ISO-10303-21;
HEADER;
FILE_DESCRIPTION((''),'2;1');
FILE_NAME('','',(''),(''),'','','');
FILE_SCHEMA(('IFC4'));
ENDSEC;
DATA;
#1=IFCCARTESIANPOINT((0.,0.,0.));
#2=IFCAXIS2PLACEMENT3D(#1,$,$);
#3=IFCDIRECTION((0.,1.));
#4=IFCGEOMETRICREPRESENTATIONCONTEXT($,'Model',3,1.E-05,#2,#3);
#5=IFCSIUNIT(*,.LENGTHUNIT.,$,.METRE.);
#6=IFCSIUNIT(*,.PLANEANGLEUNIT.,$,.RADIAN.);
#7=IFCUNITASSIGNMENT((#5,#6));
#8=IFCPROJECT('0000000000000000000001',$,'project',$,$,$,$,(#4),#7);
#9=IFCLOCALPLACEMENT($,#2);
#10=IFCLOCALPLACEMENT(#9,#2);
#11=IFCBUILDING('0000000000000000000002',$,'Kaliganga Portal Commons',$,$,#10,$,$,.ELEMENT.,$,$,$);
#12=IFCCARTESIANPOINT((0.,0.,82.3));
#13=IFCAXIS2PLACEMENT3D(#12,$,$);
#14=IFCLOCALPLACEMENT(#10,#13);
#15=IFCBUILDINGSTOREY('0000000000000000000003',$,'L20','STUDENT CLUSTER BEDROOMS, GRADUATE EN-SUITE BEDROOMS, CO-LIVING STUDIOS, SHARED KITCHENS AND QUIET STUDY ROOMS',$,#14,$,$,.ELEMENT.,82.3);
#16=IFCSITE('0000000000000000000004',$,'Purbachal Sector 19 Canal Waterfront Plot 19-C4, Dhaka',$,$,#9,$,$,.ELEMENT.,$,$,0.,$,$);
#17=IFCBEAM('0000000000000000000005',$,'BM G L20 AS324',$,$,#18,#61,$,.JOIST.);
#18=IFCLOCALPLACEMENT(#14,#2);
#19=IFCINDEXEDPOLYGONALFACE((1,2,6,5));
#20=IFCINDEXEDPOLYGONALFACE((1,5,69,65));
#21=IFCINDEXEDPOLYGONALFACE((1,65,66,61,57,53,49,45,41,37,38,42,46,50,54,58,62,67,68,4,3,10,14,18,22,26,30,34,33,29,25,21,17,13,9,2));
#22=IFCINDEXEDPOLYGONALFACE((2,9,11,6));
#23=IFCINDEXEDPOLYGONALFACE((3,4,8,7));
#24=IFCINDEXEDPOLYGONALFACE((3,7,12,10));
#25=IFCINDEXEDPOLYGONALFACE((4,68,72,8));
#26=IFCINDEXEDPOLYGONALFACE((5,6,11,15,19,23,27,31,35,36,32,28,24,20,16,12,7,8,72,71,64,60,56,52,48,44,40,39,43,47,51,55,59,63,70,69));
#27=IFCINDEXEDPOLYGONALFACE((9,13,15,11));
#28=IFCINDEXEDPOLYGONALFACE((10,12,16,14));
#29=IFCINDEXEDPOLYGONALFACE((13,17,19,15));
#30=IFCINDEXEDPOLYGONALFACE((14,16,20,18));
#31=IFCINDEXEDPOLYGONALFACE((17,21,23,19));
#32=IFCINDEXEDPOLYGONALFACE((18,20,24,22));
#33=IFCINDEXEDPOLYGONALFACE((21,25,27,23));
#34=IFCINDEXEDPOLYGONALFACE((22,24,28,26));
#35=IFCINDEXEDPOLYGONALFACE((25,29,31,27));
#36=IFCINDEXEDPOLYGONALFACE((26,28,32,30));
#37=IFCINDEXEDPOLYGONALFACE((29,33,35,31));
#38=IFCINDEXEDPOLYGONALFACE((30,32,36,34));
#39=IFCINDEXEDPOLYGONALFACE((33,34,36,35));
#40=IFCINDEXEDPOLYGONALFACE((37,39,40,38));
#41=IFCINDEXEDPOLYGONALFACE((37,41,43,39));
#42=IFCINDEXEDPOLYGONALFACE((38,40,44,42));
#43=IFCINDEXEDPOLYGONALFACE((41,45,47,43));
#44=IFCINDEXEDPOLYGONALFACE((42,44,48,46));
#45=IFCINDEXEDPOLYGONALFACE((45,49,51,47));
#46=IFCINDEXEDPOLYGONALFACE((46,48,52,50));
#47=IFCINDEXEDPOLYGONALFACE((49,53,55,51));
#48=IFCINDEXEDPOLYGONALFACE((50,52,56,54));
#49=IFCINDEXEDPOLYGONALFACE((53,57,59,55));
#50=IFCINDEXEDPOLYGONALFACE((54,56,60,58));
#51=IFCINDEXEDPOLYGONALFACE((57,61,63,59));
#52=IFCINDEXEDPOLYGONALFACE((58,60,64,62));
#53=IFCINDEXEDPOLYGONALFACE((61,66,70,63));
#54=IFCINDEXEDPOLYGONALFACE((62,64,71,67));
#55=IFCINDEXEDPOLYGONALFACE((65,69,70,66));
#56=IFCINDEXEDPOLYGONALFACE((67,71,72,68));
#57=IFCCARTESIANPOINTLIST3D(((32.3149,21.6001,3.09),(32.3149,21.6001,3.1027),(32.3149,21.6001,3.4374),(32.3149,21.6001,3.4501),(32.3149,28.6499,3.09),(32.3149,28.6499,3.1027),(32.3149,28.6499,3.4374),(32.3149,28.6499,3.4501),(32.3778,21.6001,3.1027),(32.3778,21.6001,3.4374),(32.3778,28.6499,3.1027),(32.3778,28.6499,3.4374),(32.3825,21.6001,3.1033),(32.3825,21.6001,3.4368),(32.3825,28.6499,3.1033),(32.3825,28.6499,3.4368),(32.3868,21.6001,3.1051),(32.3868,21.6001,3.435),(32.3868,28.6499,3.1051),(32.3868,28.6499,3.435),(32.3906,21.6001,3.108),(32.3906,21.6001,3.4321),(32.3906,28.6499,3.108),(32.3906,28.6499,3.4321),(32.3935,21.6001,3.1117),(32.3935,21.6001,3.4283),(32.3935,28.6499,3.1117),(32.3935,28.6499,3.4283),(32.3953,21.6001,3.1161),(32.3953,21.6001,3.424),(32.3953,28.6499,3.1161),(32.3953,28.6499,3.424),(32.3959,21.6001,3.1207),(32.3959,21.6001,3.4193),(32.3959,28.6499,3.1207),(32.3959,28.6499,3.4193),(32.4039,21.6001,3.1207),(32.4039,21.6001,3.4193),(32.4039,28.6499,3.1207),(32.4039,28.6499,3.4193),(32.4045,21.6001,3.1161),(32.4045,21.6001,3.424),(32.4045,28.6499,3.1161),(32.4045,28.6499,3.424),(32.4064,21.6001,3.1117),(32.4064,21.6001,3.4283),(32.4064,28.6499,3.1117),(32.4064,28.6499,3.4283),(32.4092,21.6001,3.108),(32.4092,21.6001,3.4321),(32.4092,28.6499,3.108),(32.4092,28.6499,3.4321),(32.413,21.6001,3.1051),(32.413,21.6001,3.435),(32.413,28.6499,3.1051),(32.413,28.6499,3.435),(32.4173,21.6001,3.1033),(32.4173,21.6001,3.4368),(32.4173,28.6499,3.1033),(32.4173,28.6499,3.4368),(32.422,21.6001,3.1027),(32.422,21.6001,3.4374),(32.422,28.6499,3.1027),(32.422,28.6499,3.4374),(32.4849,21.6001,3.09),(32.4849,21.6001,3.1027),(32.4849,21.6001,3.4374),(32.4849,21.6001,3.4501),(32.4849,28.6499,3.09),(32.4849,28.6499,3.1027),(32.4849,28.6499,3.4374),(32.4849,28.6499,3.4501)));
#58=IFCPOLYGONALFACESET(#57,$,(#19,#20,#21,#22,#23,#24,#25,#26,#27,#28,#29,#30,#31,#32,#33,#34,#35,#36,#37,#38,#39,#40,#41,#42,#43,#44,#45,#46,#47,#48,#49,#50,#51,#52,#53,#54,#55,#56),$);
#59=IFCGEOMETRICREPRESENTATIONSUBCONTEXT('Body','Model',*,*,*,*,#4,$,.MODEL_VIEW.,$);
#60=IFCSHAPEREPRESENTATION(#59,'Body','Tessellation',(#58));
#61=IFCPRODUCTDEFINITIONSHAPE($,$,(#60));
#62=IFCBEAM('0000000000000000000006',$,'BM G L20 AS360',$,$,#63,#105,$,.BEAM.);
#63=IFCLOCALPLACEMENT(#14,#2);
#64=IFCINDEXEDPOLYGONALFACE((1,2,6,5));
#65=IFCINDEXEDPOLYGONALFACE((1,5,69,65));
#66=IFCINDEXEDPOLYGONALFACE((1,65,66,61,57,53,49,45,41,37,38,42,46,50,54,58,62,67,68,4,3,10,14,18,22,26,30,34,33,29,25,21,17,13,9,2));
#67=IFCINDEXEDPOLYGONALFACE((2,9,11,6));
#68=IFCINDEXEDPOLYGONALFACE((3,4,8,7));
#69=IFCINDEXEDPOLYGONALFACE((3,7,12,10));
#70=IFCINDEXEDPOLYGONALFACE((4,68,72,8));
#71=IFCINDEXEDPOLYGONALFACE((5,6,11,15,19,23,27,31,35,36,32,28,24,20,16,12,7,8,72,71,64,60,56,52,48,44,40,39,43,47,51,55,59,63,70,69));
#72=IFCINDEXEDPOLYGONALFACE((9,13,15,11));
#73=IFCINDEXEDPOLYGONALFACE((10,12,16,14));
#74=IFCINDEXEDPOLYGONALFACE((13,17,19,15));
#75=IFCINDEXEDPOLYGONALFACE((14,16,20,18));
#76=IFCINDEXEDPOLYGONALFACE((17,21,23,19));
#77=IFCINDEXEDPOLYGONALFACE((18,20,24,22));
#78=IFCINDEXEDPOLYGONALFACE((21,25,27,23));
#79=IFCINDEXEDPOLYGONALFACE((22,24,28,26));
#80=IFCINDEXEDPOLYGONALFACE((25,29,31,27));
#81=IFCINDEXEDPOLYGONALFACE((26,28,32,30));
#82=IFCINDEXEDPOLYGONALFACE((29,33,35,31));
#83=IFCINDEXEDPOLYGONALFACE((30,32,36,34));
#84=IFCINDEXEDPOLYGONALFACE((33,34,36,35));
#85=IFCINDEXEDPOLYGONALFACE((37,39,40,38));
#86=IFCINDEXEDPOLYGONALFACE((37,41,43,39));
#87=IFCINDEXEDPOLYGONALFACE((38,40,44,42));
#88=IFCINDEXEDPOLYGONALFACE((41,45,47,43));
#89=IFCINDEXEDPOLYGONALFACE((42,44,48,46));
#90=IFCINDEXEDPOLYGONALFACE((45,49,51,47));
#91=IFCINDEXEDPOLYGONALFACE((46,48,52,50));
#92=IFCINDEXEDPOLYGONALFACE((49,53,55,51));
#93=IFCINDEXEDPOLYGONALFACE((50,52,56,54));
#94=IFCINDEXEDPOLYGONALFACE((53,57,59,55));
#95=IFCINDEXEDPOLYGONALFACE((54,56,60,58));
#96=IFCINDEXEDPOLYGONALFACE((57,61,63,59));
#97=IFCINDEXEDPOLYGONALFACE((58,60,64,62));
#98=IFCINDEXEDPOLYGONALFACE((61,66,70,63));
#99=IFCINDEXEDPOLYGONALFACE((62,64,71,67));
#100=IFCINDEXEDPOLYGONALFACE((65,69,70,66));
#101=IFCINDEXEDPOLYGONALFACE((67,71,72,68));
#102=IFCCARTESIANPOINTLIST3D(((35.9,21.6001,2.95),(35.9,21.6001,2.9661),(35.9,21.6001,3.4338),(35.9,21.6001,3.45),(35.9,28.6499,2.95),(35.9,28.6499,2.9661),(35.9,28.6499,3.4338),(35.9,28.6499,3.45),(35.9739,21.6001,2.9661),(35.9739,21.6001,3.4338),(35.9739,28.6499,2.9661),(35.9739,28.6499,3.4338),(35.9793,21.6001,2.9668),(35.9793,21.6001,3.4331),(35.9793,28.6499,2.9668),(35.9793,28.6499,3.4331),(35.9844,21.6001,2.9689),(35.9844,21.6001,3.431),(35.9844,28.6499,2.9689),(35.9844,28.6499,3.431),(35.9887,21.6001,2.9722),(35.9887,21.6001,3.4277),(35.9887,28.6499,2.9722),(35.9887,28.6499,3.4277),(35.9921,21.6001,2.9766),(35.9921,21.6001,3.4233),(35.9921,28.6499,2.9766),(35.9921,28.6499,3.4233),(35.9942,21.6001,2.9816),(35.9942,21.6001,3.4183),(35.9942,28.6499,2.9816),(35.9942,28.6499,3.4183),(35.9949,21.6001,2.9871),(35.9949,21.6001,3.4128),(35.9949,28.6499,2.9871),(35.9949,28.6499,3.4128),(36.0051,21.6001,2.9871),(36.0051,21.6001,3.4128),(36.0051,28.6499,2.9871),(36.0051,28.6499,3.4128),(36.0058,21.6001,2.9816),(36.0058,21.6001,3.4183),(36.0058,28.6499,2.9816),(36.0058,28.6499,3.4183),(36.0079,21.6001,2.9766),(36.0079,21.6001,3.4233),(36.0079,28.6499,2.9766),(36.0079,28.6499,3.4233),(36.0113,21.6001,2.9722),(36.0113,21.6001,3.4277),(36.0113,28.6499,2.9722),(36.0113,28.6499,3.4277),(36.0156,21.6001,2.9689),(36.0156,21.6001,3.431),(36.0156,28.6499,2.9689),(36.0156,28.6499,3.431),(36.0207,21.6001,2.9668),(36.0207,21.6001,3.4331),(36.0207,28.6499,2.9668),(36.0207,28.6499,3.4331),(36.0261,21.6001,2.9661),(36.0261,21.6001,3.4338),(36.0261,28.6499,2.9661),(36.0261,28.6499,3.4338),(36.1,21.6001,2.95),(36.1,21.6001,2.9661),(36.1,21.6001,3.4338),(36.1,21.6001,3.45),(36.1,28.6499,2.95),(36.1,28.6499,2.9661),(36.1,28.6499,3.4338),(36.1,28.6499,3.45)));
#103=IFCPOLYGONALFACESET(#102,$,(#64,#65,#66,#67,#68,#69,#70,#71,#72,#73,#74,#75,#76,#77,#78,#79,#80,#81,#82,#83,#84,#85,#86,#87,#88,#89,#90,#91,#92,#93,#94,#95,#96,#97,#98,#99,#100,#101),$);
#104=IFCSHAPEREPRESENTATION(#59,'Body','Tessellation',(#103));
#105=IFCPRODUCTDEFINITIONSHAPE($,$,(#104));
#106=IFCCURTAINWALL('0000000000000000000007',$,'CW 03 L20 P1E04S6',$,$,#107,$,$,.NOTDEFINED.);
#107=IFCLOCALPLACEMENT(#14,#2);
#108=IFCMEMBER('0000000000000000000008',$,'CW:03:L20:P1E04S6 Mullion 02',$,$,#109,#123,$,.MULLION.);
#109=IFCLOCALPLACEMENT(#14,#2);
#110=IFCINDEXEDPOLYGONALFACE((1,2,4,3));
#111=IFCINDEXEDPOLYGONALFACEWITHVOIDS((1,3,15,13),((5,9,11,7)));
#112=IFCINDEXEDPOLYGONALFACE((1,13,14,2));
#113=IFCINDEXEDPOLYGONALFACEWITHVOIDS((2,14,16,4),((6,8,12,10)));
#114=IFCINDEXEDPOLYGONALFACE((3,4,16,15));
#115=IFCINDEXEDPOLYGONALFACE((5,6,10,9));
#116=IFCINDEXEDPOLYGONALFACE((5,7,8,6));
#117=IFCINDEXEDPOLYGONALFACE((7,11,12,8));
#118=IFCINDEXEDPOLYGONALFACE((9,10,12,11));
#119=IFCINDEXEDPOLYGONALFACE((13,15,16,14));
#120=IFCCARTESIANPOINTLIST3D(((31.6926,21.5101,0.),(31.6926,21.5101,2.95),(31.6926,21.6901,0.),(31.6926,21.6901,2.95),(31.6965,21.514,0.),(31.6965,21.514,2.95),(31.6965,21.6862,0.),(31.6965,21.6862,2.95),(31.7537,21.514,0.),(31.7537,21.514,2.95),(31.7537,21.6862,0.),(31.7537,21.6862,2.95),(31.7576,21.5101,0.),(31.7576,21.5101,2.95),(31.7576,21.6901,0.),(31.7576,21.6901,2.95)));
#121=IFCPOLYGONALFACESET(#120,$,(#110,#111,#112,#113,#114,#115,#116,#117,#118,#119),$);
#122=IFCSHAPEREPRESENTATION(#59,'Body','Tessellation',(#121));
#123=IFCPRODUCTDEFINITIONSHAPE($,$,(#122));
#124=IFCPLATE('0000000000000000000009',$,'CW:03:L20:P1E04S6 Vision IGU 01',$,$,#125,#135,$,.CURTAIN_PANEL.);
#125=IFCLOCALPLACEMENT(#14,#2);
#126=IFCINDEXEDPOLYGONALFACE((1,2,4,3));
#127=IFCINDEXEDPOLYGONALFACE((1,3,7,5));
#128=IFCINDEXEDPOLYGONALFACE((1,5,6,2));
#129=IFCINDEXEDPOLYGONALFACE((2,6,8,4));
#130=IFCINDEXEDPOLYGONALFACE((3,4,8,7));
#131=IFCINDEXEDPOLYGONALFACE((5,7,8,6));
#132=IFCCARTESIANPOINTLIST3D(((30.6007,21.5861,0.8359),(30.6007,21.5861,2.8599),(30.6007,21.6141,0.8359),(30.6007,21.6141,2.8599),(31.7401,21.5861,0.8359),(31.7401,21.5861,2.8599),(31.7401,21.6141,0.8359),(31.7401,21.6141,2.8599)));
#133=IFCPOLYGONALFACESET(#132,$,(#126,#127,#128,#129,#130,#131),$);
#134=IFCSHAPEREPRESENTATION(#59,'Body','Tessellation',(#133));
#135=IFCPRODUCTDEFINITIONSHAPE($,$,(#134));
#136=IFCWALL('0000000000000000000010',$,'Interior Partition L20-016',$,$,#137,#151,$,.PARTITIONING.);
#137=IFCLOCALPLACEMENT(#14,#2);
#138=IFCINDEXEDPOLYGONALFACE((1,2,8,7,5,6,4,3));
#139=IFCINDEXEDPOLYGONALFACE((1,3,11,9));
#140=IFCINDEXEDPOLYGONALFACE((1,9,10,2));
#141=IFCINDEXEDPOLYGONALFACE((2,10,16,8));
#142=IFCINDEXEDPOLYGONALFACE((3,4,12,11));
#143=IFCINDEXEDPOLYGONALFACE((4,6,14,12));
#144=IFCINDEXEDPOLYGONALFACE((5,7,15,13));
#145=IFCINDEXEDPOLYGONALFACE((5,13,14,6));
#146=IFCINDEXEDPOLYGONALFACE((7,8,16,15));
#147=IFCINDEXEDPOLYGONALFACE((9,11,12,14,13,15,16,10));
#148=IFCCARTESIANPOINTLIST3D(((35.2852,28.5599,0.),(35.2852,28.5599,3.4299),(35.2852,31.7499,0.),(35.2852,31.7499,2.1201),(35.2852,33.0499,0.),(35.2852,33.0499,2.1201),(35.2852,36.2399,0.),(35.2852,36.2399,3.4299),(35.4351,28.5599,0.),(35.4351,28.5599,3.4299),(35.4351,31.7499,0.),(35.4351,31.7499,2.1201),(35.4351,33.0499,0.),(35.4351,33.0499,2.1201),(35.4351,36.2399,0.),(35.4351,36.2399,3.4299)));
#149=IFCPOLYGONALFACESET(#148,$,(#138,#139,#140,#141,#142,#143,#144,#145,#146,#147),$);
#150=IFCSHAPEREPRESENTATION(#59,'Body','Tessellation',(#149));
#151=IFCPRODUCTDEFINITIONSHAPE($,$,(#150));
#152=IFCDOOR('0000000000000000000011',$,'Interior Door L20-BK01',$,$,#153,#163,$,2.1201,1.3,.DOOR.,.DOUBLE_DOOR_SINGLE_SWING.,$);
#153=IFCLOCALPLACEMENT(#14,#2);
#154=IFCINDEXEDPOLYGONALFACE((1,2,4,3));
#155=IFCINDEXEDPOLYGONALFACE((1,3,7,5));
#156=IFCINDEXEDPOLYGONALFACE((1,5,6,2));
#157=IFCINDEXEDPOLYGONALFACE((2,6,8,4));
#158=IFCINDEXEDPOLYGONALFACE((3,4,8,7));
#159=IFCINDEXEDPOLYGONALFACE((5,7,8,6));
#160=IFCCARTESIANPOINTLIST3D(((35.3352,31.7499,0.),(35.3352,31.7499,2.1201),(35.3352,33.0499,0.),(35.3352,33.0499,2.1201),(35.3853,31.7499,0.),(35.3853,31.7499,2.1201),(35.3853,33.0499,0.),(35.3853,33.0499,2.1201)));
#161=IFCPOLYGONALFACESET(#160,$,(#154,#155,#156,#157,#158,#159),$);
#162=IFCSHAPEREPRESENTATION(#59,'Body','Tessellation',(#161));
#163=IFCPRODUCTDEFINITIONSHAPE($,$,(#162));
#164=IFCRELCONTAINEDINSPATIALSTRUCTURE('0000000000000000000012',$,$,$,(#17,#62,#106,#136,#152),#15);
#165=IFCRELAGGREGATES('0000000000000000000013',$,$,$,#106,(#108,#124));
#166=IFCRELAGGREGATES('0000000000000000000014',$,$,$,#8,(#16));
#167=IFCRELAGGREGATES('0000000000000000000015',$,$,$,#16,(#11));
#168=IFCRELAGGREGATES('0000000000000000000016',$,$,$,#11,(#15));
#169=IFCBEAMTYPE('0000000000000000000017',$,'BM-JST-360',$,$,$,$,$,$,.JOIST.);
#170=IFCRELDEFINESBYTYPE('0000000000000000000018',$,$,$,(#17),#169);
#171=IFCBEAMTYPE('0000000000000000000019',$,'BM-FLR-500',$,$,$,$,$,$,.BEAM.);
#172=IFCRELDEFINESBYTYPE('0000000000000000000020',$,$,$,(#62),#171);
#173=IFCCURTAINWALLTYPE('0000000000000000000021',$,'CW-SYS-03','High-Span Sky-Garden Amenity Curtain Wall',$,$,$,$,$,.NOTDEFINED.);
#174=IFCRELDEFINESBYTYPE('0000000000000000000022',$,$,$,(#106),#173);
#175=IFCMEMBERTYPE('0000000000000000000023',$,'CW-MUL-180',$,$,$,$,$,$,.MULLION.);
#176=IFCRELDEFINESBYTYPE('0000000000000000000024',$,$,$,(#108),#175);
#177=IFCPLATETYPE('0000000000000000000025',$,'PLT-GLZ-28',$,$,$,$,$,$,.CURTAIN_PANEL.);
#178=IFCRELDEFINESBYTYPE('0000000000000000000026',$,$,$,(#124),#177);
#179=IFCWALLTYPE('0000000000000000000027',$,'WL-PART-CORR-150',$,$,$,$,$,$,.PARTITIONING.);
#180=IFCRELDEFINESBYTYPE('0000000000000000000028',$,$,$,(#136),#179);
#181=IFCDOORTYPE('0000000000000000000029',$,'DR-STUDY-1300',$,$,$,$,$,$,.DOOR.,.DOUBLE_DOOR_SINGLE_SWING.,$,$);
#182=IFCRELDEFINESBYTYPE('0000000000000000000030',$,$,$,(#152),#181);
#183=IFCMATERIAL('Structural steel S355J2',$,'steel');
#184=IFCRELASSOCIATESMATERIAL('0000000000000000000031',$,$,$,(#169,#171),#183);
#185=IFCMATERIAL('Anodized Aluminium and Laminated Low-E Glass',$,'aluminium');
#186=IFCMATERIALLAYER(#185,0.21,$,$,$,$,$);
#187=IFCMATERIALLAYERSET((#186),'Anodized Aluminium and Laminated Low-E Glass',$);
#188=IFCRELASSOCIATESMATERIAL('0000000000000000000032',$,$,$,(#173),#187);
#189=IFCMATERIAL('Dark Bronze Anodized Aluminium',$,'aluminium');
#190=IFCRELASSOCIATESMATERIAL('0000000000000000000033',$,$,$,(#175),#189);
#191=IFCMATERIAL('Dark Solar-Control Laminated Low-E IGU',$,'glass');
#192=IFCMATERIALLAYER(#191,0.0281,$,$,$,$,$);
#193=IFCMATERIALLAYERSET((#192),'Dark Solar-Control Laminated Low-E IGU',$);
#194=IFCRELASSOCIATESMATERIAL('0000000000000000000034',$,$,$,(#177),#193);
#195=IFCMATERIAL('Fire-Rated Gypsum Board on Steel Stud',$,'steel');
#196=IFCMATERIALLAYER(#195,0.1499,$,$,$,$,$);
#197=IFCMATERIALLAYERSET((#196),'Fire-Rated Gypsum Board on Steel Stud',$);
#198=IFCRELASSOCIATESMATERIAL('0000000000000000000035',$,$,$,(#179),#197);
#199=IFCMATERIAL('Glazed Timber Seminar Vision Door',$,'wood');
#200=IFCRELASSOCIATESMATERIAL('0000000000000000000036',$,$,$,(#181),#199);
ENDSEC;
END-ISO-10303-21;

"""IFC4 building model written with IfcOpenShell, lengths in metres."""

from ifc_helpers import new_model, si_unit, direction, frame, frame_2d, origin, origin_2d, place, context, subcontext, project, spatial, rectangle, hollow_rectangle, i_section, extrude, source, transform, mapped, material, layer, layer_set, material_profile, profile_set, type_object, element, fill, aggregate, save


model = new_model("IFC4")

# Units and contexts
model_context = context("Model", 3, precision=1e-05, world=origin(), true_north=direction((0.0, 1.0)))
body_context = subcontext(model_context, "Body", "Model", "MODEL_VIEW")
ifc_project = project(units=[si_unit("LENGTHUNIT", "METRE"), si_unit("PLANEANGLEUNIT", "RADIAN")], contexts=[model_context])

# Site, building, storey
site_placement = place(None, origin())
site = spatial("IfcSite", under=ifc_project, at=site_placement, Name="Purbachal Sector 19 Canal Waterfront Plot 19-C4, Dhaka", CompositionType="ELEMENT", RefElevation=0.0)
building_placement = place(site_placement, origin())
building = spatial("IfcBuilding", under=site, at=building_placement, Name="Kaliganga Portal Commons", CompositionType="ELEMENT")
storey_placement = place(building_placement, frame((0.0, 0.0, 82.3)))
storey = spatial("IfcBuildingStorey", under=building, at=storey_placement, Name="L20", Description="STUDENT CLUSTER BEDROOMS, GRADUATE EN-SUITE BEDROOMS, CO-LIVING STUDIOS, SHARED KITCHENS AND QUIET STUDY ROOMS", CompositionType="ELEMENT", Elevation=82.3)

# Beams
ifc_material_1 = material(Name="Structural steel S355J2", Category="steel")
ifc_material_profile_1 = material_profile(ifc_material_1, i_section(OverallWidth=0.1699, OverallDepth=0.3601, WebThickness=0.0081, FlangeThickness=0.0127, FilletRadius=0.0181, at=origin_2d()), Name="IPE 360")
ifc_profile_set_1 = profile_set([ifc_material_profile_1], Name="Structural steel S355J2 wide-flange")
beam_type_1 = type_object("IfcBeamType", Name="BM-JST-360", PredefinedType="JOIST", material=ifc_profile_set_1)
shared_shape_1 = source(origin(), body_context, "Body", "SweptSolid", [
    extrude(i_section(OverallWidth=0.1699, OverallDepth=0.3601, WebThickness=0.0081, FlangeThickness=0.0127, FilletRadius=0.0181, at=origin_2d()), origin(), (0.0, 0.0, 1.0), 7.0498),
])
beam_1_placement = place(storey_placement, frame((32.3999, 21.6001, 3.27), z_axis=(0.0, 1.0, 0.0), x_axis=(-1.0, 0.0, 0.0)))
element("IfcBeam", 1, at=beam_1_placement, inside=storey, type_object=beam_type_1, Name="BM G L20 AS324", PredefinedType="JOIST", context=body_context, shape_type="MappedRepresentation", body=[
    mapped(shared_shape_1, transform((0.0, 0.0, 0.0), x_axis=(1.0, 0.0, 0.0), y_axis=(0.0, 1.0, 0.0), z_axis=(0.0, 0.0, 1.0), scale=1.0)),
])
ifc_material_profile_2 = material_profile(ifc_material_1, i_section(OverallWidth=0.2, OverallDepth=0.5, WebThickness=0.0103, FlangeThickness=0.0161, FilletRadius=0.021, at=origin_2d()), Name="IPE 500")
ifc_profile_set_2 = profile_set([ifc_material_profile_2], Name="Structural steel S355J2 wide-flange")
beam_type_2 = type_object("IfcBeamType", Name="BM-FLR-500", PredefinedType="BEAM", material=ifc_profile_set_2)
shared_shape_2 = source(origin(), body_context, "Body", "SweptSolid", [
    extrude(i_section(OverallWidth=0.2, OverallDepth=0.5, WebThickness=0.0103, FlangeThickness=0.0161, FilletRadius=0.021, at=origin_2d()), origin(), (0.0, 0.0, 1.0), 7.0498),
])
beam_2_placement = place(storey_placement, frame((36.0, 21.6001, 3.2), z_axis=(0.0, 1.0, 0.0), x_axis=(-1.0, 0.0, 0.0)))
element("IfcBeam", 2, at=beam_2_placement, inside=storey, type_object=beam_type_2, Name="BM G L20 AS360", PredefinedType="BEAM", context=body_context, shape_type="MappedRepresentation", body=[
    mapped(shared_shape_2, transform((0.0, 0.0, 0.0), x_axis=(1.0, 0.0, 0.0), y_axis=(0.0, 1.0, 0.0), z_axis=(0.0, 0.0, 1.0), scale=1.0)),
])

# Curtain wall, member, plate
ifc_material_2 = material(Name="Anodized Aluminium and Laminated Low-E Glass", Category="aluminium")
ifc_layer_1 = layer(ifc_material_2, 0.21)
ifc_layer_set_1 = layer_set([ifc_layer_1], Name="Anodized Aluminium and Laminated Low-E Glass")
curtain_wall_type = type_object("IfcCurtainWallType", Name="CW-SYS-03", Description="High-Span Sky-Garden Amenity Curtain Wall", PredefinedType="NOTDEFINED", material=ifc_layer_set_1)
curtain_wall_placement = place(storey_placement, origin())
curtain_wall = element("IfcCurtainWall", 3, at=curtain_wall_placement, inside=storey, type_object=curtain_wall_type, Name="CW 03 L20 P1E04S6", PredefinedType="NOTDEFINED")
ifc_material_3 = material(Name="Dark Bronze Anodized Aluminium", Category="aluminium")
ifc_material_profile_3 = material_profile(ifc_material_3, hollow_rectangle(XDim=0.0649, YDim=0.1799, WallThickness=0.0039, at=origin_2d()), Name="ALU MULL 65x180x4")
ifc_profile_set_3 = profile_set([ifc_material_profile_3], Name="Dark Bronze Anodized Aluminium")
member_type = type_object("IfcMemberType", Name="CW-MUL-180", PredefinedType="MULLION", material=ifc_profile_set_3)
shared_shape_3 = source(origin(), body_context, "Body", "SweptSolid", [
    extrude(hollow_rectangle(XDim=0.0649, YDim=0.1799, WallThickness=0.0039, at=origin_2d()), origin(), (0.0, 0.0, 1.0), 2.95),
])
member_placement = place(storey_placement, frame((31.7251, 21.6001, 0.0), z_axis=(0.0, 0.0, 1.0), x_axis=(1.0, 0.0, 0.0)))
member = element("IfcMember", 4, at=member_placement, type_object=member_type, Name="CW:03:L20:P1E04S6 Mullion 02", PredefinedType="MULLION", context=body_context, shape_type="MappedRepresentation", body=[
    mapped(shared_shape_3, transform((0.0, 0.0, 0.0), x_axis=(1.0, 0.0, 0.0), y_axis=(0.0, 1.0, 0.0), z_axis=(0.0, 0.0, 1.0), scale=1.0)),
])
ifc_material_4 = material(Name="Dark Solar-Control Laminated Low-E IGU", Category="glass")
ifc_layer_2 = layer(ifc_material_4, 0.0281)
ifc_layer_set_2 = layer_set([ifc_layer_2], Name="Dark Solar-Control Laminated Low-E IGU")
plate_type = type_object("IfcPlateType", Name="PLT-GLZ-28", PredefinedType="CURTAIN_PANEL", material=ifc_layer_set_2)
shared_shape_4 = source(origin(), body_context, "Body", "SweptSolid", [
    extrude(rectangle(XDim=1.1394, YDim=0.0281, at=origin_2d()), origin(), (0.0, 0.0, 1.0), 2.0239),
])
plate_placement = place(storey_placement, frame((31.1704, 21.6001, 0.8359), z_axis=(0.0, 0.0, 1.0), x_axis=(1.0, 0.0, 0.0)))
plate = element("IfcPlate", 5, at=plate_placement, type_object=plate_type, Name="CW:03:L20:P1E04S6 Vision IGU 01", PredefinedType="CURTAIN_PANEL", context=body_context, shape_type="MappedRepresentation", body=[
    mapped(shared_shape_4, transform((0.0, 0.0, 0.0), x_axis=(1.0, 0.0, 0.0), y_axis=(0.0, 1.0, 0.0), z_axis=(0.0, 0.0, 1.0), scale=1.0)),
])
aggregate(curtain_wall, [member, plate])

# Wall, opening, door
ifc_material_5 = material(Name="Fire-Rated Gypsum Board on Steel Stud", Category="steel")
ifc_layer_3 = layer(ifc_material_5, 0.1499)
ifc_layer_set_3 = layer_set([ifc_layer_3], Name="Fire-Rated Gypsum Board on Steel Stud")
wall_type_1 = type_object("IfcWallType", Name="WL-PART-CORR-150", PredefinedType="PARTITIONING", material=ifc_layer_set_3)
wall_1_placement = place(storey_placement, frame((35.3601, 28.5601, 0.0), z_axis=(0.0, 0.0, 1.0), x_axis=(0.0, 1.0, 0.0)))
wall_1 = element("IfcWall", 6, at=wall_1_placement, inside=storey, type_object=wall_type_1, Name="Interior Partition L20-016", PredefinedType="PARTITIONING", context=body_context, shape_type="SweptSolid", body=[
    extrude(rectangle(XDim=7.6799, YDim=0.1499, at=frame_2d((3.8398, 0.0))), origin(), (0.0, 0.0, 1.0), 3.4299),
])
opening_1_placement = place(wall_1_placement, frame((3.1899, 0.0, 0.0)))
opening_1 = element("IfcOpeningElement", 7, at=opening_1_placement, cuts=wall_1, PredefinedType="OPENING", context=body_context, shape_type="SweptSolid", body=[
    extrude(rectangle(XDim=1.3, YDim=2.1201, at=frame_2d((0.6499, 1.0601))), frame((0.0, 0.085, 0.0), z_axis=(0.0, -1.0, 0.0), x_axis=(1.0, 0.0, 0.0)), (0.0, 0.0, 1.0), 0.1699),
])
ifc_material_6 = material(Name="Glazed Timber Seminar Vision Door", Category="wood")
door_type_1 = type_object("IfcDoorType", Name="DR-STUDY-1300", OperationType="DOUBLE_DOOR_SINGLE_SWING", PredefinedType="DOOR", material=ifc_material_6)
door_1_placement = place(opening_1_placement, origin())
door_1 = element("IfcDoor", 8, at=door_1_placement, inside=storey, type_object=door_type_1, Name="Interior Door L20-BK01", OperationType="DOUBLE_DOOR_SINGLE_SWING", OverallHeight=2.1201, OverallWidth=1.3, PredefinedType="DOOR", context=body_context, shape_type="SweptSolid", body=[
    extrude(rectangle(XDim=1.3, YDim=2.1201, at=frame_2d((0.6499, 1.0601))), frame((0.0, 0.0249, 0.0), z_axis=(0.0, -1.0, 0.0), x_axis=(1.0, 0.0, 0.0)), (0.0, 0.0, 1.0), 0.05),
])
fill(opening_1, door_1)

save(model, "model.ifc")
